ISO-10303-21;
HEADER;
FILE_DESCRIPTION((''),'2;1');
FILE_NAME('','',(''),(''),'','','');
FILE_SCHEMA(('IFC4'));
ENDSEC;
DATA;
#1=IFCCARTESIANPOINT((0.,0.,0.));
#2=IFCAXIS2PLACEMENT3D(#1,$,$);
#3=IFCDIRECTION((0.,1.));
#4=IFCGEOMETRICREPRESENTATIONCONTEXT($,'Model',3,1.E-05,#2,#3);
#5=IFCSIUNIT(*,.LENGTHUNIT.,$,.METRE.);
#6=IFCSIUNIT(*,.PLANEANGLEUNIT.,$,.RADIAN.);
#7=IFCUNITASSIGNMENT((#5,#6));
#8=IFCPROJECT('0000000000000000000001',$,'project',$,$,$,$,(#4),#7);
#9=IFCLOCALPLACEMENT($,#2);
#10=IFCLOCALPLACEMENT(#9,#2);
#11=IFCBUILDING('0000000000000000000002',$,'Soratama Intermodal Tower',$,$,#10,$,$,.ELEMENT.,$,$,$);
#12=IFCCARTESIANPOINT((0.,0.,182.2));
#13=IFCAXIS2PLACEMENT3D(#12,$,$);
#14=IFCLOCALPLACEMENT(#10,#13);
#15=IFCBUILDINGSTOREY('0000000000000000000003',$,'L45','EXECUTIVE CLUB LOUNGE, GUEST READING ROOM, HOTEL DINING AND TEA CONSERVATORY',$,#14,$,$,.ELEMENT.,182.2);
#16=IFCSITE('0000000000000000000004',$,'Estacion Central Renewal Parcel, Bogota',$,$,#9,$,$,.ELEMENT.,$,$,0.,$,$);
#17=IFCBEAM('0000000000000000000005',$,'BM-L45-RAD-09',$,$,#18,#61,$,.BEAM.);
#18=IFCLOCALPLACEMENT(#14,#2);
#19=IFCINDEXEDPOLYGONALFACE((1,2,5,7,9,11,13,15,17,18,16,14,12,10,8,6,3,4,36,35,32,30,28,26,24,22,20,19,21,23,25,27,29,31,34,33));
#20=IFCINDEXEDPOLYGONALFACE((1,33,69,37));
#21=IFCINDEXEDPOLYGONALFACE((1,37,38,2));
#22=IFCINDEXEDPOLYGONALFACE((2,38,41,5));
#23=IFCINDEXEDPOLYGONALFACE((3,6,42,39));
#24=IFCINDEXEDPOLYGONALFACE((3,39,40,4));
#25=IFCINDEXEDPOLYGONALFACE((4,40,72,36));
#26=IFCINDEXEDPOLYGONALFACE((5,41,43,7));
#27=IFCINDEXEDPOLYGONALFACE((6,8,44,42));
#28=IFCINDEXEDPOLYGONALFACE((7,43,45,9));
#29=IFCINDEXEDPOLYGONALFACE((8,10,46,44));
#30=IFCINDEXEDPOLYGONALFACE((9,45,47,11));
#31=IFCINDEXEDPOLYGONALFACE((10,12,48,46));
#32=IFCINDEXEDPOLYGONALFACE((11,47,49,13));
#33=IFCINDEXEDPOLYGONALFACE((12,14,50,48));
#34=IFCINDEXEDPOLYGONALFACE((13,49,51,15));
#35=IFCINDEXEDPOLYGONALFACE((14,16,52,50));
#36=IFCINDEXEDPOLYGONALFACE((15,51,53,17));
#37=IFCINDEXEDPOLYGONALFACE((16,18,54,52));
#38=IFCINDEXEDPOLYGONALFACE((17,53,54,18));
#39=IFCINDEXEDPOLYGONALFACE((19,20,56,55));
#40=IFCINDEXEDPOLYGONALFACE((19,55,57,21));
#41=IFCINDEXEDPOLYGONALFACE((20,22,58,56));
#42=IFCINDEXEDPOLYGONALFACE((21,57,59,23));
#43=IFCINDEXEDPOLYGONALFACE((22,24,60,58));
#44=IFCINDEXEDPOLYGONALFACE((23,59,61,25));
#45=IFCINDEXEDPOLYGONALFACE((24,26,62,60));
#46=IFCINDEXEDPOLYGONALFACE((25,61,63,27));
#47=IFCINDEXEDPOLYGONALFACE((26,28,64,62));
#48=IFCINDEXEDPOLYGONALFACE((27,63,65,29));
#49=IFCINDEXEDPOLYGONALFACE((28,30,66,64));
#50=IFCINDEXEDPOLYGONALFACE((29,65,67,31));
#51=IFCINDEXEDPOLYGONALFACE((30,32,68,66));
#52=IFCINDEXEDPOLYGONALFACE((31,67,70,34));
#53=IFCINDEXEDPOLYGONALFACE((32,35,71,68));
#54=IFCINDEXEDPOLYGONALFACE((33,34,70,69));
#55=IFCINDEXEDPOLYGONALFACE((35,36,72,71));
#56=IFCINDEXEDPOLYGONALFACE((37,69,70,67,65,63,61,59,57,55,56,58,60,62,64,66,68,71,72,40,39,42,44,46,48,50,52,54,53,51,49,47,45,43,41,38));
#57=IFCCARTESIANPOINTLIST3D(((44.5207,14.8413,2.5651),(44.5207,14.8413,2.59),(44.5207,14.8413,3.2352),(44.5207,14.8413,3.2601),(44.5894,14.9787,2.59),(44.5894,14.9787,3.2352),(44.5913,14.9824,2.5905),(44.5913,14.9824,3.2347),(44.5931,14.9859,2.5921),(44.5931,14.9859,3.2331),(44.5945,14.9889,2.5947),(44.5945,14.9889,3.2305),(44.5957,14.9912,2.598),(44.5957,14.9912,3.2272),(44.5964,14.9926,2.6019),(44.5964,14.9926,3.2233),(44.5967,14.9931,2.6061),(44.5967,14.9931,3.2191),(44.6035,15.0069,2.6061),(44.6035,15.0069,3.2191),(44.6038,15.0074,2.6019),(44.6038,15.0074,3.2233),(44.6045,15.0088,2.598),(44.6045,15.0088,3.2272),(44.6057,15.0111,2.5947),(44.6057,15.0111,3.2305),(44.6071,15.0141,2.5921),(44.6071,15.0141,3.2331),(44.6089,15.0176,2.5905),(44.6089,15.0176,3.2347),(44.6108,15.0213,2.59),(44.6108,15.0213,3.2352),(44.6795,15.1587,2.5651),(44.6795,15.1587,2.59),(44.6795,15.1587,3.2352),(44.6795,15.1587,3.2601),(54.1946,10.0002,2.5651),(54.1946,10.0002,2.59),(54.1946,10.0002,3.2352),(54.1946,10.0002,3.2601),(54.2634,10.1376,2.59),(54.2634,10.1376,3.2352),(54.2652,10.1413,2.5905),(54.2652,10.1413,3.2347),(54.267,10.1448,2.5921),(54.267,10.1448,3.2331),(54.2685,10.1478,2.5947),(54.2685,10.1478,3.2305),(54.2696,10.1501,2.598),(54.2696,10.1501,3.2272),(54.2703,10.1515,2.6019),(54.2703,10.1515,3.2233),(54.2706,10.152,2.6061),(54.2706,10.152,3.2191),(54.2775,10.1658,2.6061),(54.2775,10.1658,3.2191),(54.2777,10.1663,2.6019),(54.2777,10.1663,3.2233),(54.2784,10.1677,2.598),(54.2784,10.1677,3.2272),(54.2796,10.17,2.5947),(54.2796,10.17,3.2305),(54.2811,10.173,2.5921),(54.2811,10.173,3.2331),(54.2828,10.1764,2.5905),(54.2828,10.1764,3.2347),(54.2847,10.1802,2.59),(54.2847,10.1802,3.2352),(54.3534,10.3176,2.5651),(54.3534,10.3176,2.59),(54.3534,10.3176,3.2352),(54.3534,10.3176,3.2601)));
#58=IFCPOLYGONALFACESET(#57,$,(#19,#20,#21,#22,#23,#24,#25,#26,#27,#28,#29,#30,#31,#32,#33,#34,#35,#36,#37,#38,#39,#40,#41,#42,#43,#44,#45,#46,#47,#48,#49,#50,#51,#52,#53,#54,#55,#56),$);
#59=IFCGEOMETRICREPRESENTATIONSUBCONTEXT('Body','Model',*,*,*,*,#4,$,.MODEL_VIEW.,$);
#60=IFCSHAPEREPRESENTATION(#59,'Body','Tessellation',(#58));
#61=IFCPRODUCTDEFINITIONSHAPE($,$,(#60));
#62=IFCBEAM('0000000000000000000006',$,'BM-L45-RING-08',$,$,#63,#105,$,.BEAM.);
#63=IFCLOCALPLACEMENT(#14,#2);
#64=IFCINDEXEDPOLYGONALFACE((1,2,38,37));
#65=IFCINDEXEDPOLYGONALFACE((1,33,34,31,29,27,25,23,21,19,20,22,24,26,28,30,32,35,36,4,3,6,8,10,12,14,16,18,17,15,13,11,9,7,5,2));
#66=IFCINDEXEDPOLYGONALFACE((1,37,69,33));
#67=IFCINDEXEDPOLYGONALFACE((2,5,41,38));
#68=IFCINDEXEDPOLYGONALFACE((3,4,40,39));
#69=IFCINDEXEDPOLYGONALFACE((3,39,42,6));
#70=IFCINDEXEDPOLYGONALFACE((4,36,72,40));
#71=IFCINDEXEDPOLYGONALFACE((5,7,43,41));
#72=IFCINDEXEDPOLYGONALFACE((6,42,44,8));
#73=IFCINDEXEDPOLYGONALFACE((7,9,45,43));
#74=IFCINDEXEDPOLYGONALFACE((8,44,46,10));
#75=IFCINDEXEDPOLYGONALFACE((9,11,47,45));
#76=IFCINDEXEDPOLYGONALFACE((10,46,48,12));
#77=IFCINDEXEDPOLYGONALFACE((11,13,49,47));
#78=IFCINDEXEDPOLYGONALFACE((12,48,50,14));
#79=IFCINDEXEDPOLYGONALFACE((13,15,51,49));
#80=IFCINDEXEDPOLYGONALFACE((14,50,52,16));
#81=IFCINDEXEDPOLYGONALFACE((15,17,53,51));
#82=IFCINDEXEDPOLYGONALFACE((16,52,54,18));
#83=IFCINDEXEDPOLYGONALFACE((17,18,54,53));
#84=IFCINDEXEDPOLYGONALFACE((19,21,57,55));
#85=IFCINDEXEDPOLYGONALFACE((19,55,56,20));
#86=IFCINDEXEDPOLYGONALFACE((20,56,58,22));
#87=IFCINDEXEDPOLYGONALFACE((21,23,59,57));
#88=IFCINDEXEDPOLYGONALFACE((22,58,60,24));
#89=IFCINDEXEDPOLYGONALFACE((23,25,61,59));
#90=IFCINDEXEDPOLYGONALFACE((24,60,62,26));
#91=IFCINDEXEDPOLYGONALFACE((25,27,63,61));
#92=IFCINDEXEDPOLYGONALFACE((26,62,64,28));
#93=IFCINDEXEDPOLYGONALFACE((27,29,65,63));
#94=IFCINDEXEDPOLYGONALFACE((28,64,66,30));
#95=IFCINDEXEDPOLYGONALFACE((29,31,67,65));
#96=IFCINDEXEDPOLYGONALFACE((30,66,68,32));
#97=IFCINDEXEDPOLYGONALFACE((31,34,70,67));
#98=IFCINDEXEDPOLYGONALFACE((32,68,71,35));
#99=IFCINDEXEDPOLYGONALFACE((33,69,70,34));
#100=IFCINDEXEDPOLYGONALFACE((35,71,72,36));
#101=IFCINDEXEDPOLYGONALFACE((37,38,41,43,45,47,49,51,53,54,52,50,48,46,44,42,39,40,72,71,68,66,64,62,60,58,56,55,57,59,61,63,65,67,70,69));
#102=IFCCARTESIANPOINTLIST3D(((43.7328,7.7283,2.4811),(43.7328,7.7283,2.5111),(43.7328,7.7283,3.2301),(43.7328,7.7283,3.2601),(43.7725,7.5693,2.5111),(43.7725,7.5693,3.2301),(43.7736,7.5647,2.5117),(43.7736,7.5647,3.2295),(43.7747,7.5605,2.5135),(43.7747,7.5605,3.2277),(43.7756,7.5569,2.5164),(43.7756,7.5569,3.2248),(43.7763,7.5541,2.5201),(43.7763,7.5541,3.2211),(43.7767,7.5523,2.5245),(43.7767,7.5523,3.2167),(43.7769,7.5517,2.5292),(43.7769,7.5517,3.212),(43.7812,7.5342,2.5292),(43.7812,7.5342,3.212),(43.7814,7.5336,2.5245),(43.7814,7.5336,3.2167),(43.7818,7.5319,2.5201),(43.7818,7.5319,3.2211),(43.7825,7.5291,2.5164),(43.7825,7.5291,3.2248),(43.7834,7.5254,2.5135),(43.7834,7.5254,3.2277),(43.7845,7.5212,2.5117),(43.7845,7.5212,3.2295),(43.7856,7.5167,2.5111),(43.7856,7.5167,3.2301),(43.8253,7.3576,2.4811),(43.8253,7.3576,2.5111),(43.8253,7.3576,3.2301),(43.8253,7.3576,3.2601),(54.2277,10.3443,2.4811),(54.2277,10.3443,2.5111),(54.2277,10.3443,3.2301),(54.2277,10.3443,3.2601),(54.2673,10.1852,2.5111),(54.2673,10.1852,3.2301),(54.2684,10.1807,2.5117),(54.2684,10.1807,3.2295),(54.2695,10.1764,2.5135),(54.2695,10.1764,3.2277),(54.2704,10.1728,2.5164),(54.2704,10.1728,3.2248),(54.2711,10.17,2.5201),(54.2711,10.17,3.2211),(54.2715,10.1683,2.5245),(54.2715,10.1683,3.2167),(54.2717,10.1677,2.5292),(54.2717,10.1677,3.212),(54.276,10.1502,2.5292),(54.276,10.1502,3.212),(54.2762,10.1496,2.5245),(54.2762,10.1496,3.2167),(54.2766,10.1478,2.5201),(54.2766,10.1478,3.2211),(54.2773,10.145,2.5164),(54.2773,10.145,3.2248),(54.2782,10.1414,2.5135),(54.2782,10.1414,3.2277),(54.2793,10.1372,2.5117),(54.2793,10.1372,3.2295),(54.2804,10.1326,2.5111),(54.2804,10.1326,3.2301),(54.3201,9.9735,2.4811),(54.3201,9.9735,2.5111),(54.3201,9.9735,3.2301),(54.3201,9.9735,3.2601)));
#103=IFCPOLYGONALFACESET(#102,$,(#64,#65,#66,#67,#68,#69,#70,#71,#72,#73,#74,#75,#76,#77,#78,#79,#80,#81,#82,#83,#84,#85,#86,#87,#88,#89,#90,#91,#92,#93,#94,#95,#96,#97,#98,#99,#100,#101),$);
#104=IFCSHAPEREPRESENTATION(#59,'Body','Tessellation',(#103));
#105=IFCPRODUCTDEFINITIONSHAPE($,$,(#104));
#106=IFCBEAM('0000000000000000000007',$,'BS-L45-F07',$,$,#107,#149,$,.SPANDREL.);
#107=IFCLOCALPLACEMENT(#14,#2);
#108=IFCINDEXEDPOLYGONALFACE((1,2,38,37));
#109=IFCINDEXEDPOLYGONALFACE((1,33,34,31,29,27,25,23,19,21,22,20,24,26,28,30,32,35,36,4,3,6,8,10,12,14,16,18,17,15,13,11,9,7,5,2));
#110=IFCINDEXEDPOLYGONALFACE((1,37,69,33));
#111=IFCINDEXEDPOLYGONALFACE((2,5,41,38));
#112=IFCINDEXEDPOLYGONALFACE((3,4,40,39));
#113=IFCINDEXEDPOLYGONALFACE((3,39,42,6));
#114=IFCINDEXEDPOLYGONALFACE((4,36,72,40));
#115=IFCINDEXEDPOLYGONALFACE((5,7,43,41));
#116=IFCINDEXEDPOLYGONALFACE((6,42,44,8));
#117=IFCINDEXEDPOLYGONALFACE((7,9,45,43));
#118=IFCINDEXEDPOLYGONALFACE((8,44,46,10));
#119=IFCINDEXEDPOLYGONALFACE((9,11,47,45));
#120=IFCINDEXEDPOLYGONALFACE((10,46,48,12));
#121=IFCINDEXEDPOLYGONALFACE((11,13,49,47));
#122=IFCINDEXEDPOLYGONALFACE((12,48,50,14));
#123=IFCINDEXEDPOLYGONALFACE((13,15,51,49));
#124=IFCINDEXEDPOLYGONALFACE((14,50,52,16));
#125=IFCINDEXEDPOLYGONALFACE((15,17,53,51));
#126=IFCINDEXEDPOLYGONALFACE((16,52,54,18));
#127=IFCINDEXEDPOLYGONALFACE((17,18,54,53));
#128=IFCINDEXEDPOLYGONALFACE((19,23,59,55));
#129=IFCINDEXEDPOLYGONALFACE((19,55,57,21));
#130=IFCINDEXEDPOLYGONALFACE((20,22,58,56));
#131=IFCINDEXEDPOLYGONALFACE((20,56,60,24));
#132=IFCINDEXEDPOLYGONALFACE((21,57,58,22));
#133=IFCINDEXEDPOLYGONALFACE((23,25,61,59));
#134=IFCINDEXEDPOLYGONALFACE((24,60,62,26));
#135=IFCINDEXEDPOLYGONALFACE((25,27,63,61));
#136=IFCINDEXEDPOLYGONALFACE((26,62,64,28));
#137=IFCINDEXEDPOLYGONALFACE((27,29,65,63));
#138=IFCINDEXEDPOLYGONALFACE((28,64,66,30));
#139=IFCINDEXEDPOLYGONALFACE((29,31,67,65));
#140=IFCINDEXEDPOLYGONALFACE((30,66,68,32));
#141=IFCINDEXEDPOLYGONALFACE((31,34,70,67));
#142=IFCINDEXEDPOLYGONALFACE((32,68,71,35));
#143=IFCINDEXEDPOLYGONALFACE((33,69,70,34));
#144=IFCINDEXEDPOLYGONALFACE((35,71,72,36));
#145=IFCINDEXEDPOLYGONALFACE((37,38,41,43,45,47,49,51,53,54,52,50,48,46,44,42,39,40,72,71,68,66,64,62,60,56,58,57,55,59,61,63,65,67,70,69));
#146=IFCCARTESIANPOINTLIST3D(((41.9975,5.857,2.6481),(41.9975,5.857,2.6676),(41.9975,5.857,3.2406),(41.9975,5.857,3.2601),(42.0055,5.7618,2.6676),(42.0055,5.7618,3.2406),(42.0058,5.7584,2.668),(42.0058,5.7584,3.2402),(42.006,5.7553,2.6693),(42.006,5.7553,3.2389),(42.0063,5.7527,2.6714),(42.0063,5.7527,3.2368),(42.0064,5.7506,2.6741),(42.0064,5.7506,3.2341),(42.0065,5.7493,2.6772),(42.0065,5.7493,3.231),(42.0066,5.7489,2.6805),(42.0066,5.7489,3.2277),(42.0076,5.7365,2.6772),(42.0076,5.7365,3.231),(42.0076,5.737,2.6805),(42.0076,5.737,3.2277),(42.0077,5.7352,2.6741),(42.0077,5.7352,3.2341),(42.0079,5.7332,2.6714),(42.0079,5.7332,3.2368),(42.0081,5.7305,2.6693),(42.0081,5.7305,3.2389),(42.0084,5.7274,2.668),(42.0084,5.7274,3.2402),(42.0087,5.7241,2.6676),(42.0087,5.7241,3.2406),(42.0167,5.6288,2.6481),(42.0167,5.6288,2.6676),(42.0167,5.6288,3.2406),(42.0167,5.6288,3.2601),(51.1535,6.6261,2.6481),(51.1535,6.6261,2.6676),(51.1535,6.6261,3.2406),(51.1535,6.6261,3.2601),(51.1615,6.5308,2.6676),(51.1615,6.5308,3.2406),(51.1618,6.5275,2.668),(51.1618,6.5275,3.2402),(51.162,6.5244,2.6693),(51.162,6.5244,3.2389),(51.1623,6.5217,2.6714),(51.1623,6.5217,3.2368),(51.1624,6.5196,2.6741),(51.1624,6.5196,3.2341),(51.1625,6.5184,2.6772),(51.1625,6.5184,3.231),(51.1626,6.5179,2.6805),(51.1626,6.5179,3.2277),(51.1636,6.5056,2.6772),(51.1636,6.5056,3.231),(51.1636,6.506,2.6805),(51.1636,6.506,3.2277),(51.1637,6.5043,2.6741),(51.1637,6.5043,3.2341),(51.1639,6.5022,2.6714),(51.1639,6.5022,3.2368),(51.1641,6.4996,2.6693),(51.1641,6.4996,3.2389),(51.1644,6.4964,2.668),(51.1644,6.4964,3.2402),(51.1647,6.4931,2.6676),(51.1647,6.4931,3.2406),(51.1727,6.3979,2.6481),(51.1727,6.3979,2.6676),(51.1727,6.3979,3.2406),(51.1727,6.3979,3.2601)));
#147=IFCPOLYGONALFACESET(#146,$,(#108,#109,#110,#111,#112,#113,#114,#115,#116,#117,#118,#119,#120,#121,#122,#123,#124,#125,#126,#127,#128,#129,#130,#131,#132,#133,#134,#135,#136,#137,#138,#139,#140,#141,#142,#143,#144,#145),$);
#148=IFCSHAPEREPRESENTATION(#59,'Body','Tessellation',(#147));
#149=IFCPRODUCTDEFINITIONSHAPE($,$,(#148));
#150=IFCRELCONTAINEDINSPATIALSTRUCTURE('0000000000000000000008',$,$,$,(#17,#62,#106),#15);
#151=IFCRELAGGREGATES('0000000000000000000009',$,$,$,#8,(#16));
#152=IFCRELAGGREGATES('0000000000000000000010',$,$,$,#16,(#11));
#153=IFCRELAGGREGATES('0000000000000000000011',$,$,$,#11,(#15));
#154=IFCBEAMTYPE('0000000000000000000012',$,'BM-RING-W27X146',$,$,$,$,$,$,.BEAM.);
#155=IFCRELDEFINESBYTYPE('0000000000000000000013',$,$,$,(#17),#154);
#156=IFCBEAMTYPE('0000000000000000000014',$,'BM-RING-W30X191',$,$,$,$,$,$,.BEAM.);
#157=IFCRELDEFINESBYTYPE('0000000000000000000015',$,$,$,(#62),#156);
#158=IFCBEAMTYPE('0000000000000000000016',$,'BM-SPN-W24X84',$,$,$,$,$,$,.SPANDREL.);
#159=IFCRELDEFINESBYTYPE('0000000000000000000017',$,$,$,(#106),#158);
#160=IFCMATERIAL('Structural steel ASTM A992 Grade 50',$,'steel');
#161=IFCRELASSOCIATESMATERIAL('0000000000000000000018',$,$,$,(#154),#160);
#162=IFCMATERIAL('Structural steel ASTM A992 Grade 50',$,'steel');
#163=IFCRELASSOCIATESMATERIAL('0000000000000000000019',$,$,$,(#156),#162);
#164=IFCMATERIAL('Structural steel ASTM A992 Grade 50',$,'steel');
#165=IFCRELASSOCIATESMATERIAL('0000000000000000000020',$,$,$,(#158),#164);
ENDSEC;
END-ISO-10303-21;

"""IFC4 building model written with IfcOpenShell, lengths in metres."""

from ifc_helpers import new_model, si_unit, direction, frame, origin, origin_2d, place, context, subcontext, project, spatial, i_section, extrude, material, material_profile, profile_set, type_object, element, save


model = new_model("IFC4")

# Units and contexts
model_context = context("Model", 3, precision=1e-05, world=origin(), true_north=direction((0.0, 1.0)))
body_context = subcontext(model_context, "Body", "Model", "MODEL_VIEW")
ifc_project = project(units=[si_unit("LENGTHUNIT", "METRE"), si_unit("PLANEANGLEUNIT", "RADIAN")], contexts=[model_context])

# Site, building, storey
site_placement = place(None, origin())
site = spatial("IfcSite", under=ifc_project, at=site_placement, Name="Estacion Central Renewal Parcel, Bogota", CompositionType="ELEMENT", RefElevation=0.0)
building_placement = place(site_placement, origin())
building = spatial("IfcBuilding", under=site, at=building_placement, Name="Soratama Intermodal Tower", CompositionType="ELEMENT")
storey_placement = place(building_placement, frame((0.0, 0.0, 182.2)))
storey = spatial("IfcBuildingStorey", under=building, at=storey_placement, Name="L45", Description="EXECUTIVE CLUB LOUNGE, GUEST READING ROOM, HOTEL DINING AND TEA CONSERVATORY", CompositionType="ELEMENT", Elevation=182.2)

# Beams
ifc_material_1 = material(Name="Structural steel ASTM A992 Grade 50", Category="steel")
ifc_material_profile_1 = material_profile(ifc_material_1, i_section(OverallWidth=0.355, OverallDepth=0.6951, WebThickness=0.0154, FlangeThickness=0.0249, FilletRadius=0.0161, at=origin_2d()), Name="W27X146")
ifc_profile_set_1 = profile_set([ifc_material_profile_1], Name="Structural steel ASTM A992 Grade 50")
beam_type_1 = type_object("IfcBeamType", Name="BM-RING-W27X146", PredefinedType="BEAM", material=ifc_profile_set_1)
beam_1_placement = place(storey_placement, frame((44.6001, 15.0, 2.9126), z_axis=(0.894274, -0.447521, 0.0), x_axis=(0.447521, 0.894274, 0.0)))
element("IfcBeam", 1, at=beam_1_placement, inside=storey, type_object=beam_type_1, Name="BM-L45-RAD-09", PredefinedType="BEAM", context=body_context, shape_type="SweptSolid", body=[
    extrude(i_section(OverallWidth=0.355, OverallDepth=0.6951, WebThickness=0.0154, FlangeThickness=0.0249, FilletRadius=0.0161, at=origin_2d()), origin(), (0.0, 0.0, 1.0), 10.8176),
])
ifc_material_2 = material(Name="Structural steel ASTM A992 Grade 50", Category="steel")
ifc_material_profile_2 = material_profile(ifc_material_2, i_section(OverallWidth=0.3821, OverallDepth=0.7791, WebThickness=0.0181, FlangeThickness=0.03, FilletRadius=0.0181, at=origin_2d()), Name="W30X191")
ifc_profile_set_2 = profile_set([ifc_material_profile_2], Name="Structural steel ASTM A992 Grade 50")
beam_type_2 = type_object("IfcBeamType", Name="BM-RING-W30X191", PredefinedType="BEAM", material=ifc_profile_set_2)
beam_2_placement = place(storey_placement, frame((43.7791, 7.543, 2.8706), z_axis=(0.970311, 0.241861, 0.0), x_axis=(-0.241861, 0.970311, 0.0)))
element("IfcBeam", 2, at=beam_2_placement, inside=storey, type_object=beam_type_2, Name="BM-L45-RING-08", PredefinedType="BEAM", context=body_context, shape_type="SweptSolid", body=[
    extrude(i_section(OverallWidth=0.3821, OverallDepth=0.7791, WebThickness=0.0181, FlangeThickness=0.03, FilletRadius=0.0181, at=origin_2d()), origin(), (0.0, 0.0, 1.0), 10.8159),
])
ifc_material_3 = material(Name="Structural steel ASTM A992 Grade 50", Category="steel")
ifc_material_profile_3 = material_profile(ifc_material_3, i_section(OverallWidth=0.229, OverallDepth=0.6121, WebThickness=0.012, FlangeThickness=0.0195, FilletRadius=0.0129, at=origin_2d()), Name="W24X84")
ifc_profile_set_3 = profile_set([ifc_material_profile_3], Name="Structural steel ASTM A992 Grade 50")
beam_type_3 = type_object("IfcBeamType", Name="BM-SPN-W24X84", PredefinedType="SPANDREL", material=ifc_profile_set_3)
beam_3_placement = place(storey_placement, frame((42.0071, 5.7429, 2.9541), z_axis=(0.996491, 0.083699, 0.0), x_axis=(-0.083699, 0.996491, 0.0)))
element("IfcBeam", 3, at=beam_3_placement, inside=storey, type_object=beam_type_3, Name="BS-L45-F07", PredefinedType="SPANDREL", context=body_context, shape_type="SweptSolid", body=[
    extrude(i_section(OverallWidth=0.229, OverallDepth=0.6121, WebThickness=0.012, FlangeThickness=0.0195, FilletRadius=0.0129, at=origin_2d()), origin(), (0.0, 0.0, 1.0), 9.1882),
])

save(model, "model.ifc")
